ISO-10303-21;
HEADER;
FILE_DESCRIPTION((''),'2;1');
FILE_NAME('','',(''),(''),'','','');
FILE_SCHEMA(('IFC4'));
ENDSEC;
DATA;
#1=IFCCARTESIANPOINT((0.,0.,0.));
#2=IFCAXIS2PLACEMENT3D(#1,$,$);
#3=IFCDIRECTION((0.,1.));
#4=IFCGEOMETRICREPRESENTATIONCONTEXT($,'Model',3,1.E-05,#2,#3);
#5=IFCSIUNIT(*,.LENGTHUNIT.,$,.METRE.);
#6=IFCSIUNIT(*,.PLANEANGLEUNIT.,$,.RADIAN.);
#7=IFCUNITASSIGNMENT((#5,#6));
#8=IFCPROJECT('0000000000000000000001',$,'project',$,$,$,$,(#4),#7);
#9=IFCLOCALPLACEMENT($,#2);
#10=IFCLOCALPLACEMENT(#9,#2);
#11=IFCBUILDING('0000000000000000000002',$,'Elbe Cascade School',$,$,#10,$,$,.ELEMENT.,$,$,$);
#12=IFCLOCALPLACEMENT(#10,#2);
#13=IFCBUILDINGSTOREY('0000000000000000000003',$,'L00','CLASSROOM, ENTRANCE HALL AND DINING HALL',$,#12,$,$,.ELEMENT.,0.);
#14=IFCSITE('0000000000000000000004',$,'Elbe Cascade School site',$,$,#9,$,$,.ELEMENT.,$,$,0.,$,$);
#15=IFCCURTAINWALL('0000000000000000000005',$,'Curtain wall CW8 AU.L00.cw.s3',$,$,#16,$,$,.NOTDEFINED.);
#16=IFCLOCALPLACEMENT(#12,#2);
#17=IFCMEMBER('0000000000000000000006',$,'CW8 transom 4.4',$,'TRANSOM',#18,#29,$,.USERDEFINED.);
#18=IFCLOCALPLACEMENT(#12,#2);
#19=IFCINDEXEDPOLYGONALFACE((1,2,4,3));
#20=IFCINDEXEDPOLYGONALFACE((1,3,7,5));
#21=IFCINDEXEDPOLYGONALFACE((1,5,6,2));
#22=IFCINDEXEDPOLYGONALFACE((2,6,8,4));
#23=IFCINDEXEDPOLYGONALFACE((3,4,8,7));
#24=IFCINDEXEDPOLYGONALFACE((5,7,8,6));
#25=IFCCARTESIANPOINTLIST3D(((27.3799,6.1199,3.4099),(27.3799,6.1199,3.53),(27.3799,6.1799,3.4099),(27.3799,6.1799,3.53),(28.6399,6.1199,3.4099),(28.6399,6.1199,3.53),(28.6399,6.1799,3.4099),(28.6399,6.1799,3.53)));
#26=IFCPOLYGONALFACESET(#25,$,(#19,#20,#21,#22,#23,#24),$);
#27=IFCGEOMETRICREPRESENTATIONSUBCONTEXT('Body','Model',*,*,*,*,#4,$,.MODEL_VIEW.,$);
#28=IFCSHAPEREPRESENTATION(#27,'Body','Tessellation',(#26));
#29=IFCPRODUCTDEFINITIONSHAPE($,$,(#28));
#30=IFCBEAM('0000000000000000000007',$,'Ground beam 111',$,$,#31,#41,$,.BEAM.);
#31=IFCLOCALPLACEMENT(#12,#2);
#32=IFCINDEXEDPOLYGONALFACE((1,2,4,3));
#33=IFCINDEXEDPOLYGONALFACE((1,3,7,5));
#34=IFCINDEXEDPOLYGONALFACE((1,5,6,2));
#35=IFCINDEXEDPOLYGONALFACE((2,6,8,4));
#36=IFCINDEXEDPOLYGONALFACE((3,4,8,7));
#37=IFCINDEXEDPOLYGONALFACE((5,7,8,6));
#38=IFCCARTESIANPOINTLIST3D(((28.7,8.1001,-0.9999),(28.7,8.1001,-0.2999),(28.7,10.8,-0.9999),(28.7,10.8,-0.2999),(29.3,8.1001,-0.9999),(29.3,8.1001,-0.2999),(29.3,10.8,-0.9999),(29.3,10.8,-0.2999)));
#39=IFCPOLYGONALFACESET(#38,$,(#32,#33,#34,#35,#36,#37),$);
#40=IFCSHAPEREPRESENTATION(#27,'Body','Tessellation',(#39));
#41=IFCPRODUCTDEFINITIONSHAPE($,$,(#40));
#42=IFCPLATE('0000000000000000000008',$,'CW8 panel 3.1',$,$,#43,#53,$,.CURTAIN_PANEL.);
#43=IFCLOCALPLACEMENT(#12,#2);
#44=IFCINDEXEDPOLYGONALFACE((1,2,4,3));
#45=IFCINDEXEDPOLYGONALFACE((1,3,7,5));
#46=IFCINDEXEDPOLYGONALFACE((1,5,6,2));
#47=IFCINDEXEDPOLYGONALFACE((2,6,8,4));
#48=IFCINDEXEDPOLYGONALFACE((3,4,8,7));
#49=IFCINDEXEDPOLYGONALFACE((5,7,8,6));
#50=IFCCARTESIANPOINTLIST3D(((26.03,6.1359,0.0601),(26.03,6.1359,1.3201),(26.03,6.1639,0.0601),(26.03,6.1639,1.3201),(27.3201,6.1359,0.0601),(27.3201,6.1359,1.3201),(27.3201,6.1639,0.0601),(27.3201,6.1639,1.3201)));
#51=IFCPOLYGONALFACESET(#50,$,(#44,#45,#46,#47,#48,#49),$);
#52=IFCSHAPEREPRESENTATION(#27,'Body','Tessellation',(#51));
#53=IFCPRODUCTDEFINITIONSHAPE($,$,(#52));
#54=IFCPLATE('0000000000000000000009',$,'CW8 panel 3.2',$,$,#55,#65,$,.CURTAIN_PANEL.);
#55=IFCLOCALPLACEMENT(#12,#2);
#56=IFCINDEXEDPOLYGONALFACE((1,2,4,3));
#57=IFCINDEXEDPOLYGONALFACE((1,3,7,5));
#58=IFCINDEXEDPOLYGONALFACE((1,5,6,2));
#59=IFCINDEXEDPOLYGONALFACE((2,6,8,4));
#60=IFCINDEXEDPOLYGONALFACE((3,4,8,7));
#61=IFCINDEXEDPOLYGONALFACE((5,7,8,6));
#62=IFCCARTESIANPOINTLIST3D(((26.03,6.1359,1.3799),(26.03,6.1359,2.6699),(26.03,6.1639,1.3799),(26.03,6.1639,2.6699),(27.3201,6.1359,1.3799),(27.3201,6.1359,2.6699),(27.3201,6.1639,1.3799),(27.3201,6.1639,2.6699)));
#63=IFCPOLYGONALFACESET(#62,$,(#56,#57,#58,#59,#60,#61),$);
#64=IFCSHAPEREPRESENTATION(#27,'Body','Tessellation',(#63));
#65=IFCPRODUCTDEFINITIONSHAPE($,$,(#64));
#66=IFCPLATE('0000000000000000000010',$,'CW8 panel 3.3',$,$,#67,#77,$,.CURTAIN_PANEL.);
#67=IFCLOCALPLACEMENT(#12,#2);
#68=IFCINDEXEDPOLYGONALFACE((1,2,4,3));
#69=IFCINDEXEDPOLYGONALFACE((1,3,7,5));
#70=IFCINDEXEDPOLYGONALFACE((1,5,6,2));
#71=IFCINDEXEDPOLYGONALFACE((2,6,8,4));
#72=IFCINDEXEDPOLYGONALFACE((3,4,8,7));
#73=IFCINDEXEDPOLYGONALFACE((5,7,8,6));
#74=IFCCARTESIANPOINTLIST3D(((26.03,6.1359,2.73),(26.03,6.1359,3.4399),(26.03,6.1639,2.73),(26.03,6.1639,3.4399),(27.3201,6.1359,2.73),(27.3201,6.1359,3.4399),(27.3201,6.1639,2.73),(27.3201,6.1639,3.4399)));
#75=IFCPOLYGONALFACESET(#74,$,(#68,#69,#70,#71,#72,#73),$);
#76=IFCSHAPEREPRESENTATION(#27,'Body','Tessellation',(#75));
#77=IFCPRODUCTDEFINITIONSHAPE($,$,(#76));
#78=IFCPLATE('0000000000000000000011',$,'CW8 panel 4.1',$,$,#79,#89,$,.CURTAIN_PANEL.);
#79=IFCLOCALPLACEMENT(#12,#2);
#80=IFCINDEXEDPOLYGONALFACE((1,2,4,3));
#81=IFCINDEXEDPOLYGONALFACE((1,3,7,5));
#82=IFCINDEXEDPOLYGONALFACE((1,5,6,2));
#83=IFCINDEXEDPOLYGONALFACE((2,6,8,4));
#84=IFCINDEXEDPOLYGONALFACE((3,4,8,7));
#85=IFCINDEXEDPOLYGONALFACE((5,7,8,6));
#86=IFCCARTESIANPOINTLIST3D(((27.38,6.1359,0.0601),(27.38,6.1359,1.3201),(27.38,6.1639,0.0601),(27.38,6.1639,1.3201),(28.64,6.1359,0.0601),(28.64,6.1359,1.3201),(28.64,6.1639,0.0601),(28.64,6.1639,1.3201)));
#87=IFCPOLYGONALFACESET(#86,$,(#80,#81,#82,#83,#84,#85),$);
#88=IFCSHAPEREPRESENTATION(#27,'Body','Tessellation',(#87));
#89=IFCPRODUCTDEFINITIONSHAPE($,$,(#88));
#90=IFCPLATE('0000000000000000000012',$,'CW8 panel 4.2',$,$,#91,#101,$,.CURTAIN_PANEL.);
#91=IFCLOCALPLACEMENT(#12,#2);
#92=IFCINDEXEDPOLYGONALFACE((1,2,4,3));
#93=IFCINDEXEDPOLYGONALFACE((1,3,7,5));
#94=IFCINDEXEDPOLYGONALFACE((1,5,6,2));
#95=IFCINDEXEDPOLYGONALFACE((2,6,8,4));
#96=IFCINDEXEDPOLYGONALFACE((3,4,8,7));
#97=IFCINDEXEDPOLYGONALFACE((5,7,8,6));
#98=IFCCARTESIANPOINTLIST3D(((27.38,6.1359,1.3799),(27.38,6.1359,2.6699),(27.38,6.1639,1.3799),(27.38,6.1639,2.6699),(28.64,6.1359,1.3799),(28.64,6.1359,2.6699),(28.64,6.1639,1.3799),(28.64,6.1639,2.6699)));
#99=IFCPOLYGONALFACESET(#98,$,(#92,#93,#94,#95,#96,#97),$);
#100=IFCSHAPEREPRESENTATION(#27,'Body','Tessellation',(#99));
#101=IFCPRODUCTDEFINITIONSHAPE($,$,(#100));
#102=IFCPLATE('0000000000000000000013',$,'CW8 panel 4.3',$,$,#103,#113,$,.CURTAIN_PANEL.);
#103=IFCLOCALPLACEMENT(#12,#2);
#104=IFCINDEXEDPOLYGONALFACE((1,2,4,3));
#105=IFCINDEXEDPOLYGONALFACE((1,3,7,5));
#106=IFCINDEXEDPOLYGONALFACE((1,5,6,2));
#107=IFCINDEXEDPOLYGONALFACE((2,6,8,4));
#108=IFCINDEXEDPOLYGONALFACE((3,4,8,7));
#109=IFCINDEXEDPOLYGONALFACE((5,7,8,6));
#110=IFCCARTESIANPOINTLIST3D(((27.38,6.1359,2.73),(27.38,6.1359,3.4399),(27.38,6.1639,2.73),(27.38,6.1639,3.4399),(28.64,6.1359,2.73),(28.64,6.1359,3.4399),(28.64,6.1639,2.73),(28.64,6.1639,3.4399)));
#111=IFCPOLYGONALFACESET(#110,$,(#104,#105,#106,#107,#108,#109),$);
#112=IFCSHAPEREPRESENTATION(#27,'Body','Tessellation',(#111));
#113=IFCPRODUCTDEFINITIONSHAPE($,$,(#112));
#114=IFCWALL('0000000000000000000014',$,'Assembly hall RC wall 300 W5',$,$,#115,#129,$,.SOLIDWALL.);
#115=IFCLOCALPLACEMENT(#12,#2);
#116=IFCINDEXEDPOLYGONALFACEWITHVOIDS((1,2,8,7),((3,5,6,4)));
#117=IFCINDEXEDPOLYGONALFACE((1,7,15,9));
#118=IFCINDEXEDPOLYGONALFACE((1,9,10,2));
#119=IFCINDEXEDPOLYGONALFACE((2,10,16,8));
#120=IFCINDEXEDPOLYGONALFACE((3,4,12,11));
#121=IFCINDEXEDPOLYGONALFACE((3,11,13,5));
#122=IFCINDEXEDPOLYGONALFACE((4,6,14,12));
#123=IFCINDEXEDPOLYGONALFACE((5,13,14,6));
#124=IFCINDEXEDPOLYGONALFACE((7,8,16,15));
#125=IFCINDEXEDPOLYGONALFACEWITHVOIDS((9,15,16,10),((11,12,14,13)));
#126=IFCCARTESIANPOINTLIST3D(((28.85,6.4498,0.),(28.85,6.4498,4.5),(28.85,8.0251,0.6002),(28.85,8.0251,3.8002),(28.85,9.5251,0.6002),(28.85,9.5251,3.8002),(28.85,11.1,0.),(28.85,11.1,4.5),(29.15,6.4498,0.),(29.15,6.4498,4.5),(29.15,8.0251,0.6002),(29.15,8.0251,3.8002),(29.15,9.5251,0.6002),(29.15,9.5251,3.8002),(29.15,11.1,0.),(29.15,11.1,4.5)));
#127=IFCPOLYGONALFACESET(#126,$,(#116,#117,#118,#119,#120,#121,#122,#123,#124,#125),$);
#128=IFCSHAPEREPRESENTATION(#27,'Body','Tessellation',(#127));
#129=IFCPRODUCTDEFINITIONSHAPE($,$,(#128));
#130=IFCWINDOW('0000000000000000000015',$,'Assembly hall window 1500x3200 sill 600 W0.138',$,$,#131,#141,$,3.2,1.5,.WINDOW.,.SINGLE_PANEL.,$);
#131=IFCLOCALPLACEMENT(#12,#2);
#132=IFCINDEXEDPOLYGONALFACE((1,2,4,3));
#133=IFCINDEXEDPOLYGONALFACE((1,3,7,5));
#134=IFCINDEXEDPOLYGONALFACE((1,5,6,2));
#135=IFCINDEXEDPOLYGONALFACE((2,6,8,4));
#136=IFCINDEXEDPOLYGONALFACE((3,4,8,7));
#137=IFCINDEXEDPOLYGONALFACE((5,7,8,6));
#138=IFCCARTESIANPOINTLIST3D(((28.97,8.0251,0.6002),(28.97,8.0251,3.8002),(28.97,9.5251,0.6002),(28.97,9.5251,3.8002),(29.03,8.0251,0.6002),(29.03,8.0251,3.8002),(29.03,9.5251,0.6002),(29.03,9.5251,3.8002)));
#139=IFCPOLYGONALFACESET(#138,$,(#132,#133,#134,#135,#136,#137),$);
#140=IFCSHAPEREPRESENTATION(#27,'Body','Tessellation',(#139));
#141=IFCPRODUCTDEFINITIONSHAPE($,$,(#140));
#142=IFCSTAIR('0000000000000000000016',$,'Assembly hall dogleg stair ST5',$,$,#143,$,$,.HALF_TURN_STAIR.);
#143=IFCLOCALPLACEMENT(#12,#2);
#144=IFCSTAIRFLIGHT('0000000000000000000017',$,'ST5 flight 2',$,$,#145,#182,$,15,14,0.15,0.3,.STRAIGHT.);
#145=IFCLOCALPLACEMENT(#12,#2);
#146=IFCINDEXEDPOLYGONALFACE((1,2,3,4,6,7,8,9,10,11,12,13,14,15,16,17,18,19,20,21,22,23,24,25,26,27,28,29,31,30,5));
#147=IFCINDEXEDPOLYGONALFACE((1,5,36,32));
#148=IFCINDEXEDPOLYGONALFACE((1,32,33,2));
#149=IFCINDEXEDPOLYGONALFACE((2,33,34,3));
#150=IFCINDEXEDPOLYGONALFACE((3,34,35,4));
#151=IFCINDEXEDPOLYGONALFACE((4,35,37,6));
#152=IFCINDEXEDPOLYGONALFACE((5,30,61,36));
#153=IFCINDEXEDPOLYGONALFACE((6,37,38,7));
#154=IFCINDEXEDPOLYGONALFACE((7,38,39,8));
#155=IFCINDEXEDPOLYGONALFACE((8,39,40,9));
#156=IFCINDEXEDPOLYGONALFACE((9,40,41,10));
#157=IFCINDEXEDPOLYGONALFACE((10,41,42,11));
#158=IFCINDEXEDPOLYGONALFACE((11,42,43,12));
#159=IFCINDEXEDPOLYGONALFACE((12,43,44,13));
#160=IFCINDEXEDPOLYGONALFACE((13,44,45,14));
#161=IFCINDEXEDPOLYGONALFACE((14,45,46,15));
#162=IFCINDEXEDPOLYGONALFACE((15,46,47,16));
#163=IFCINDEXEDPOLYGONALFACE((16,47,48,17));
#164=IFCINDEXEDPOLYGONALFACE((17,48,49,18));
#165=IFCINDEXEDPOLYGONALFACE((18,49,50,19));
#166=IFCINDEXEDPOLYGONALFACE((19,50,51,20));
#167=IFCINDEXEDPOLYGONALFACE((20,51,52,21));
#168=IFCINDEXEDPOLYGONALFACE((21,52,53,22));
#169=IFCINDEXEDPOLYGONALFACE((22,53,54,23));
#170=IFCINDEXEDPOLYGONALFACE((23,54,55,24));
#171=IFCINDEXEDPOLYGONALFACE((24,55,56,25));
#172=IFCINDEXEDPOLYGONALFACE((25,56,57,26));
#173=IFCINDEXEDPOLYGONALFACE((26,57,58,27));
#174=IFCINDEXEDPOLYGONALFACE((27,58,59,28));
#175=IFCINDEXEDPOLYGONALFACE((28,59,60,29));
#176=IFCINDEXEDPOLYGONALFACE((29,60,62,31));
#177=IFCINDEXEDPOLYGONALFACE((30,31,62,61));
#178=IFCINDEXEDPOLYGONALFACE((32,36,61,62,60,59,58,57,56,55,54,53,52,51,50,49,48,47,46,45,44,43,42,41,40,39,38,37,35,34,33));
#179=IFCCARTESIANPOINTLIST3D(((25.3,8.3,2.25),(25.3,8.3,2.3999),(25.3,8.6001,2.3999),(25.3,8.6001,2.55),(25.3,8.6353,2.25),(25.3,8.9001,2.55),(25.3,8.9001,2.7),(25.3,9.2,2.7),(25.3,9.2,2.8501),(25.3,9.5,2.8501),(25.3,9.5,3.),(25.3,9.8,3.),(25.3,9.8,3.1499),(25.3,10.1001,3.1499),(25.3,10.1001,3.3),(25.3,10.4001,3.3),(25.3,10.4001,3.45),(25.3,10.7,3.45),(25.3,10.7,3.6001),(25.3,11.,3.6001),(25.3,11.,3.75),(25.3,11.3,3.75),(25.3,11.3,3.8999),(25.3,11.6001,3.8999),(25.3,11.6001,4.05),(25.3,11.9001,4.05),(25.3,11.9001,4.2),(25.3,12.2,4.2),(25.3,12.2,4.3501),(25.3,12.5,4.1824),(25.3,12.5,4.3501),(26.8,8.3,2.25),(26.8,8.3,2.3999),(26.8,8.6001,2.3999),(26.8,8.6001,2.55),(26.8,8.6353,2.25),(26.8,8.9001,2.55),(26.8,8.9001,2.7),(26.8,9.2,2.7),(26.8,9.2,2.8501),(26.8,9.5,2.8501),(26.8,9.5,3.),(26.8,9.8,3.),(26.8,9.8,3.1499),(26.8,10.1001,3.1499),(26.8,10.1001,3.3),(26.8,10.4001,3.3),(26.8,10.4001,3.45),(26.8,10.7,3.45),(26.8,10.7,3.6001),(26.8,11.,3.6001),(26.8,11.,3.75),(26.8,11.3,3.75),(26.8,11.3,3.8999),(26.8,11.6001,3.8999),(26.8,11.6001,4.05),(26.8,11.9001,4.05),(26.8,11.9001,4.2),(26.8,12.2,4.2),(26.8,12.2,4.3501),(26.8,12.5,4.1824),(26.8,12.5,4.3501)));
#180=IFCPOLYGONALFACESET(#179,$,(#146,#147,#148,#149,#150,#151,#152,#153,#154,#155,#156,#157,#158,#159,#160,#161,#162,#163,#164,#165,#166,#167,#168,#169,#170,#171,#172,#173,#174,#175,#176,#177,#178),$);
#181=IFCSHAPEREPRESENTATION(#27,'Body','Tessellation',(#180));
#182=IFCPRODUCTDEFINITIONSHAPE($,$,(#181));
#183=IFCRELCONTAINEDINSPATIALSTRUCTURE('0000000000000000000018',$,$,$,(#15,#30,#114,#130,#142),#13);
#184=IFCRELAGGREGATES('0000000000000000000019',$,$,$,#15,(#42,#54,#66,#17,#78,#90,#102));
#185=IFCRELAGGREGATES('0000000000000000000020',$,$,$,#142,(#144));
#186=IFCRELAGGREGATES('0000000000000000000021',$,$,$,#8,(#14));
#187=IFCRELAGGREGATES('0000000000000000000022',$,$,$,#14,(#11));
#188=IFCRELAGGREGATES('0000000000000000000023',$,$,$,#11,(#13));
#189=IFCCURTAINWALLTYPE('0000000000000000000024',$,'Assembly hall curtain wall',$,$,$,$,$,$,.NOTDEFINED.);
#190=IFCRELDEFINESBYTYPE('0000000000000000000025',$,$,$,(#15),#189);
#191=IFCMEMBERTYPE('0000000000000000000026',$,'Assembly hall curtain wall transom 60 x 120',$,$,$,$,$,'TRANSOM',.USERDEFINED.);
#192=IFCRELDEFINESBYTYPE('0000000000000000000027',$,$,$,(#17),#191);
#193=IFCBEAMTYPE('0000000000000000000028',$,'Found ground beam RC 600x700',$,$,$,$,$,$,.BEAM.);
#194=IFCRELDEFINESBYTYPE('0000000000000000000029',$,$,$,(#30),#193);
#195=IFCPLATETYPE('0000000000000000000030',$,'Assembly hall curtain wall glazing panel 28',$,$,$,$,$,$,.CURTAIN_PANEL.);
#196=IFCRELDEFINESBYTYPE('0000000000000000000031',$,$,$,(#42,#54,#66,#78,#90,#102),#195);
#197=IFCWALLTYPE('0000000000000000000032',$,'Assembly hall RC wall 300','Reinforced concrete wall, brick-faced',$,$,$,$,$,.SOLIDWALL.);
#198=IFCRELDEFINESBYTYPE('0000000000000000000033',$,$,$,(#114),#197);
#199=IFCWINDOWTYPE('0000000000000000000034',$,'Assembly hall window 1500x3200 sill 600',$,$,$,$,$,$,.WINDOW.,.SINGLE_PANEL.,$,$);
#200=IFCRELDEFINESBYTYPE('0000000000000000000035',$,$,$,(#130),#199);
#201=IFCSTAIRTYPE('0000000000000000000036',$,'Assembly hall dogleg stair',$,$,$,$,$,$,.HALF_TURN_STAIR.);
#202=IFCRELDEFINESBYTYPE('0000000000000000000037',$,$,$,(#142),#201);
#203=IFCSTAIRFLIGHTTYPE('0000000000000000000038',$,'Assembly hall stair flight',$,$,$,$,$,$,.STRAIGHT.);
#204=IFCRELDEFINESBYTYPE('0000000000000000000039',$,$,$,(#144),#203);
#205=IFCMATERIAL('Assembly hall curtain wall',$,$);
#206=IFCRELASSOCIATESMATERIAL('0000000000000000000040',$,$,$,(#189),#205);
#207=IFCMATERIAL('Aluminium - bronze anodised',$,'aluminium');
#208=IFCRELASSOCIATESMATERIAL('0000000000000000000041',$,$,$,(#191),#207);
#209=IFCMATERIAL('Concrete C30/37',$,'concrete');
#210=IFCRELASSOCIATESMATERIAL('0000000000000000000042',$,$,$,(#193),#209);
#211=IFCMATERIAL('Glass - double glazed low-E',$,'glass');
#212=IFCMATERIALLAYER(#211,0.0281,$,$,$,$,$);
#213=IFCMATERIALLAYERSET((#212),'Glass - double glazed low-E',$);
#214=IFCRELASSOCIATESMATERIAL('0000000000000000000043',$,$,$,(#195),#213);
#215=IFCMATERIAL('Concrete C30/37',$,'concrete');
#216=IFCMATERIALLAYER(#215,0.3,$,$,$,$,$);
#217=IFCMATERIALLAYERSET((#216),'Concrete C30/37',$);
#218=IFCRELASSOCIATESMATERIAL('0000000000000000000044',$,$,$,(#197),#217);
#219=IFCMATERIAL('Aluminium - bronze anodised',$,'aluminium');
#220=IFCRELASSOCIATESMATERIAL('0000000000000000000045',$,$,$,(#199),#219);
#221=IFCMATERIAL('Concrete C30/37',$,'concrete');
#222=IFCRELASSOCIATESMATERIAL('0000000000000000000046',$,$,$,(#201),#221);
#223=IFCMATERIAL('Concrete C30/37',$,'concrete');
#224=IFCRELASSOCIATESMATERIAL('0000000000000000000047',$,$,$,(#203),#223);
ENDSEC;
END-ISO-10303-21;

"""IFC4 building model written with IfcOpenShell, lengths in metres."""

from ifc_helpers import new_model, si_unit, direction, frame, frame_2d, origin, origin_2d, place, context, subcontext, project, spatial, polyline, rectangle, outline, extrude, material, layer, layer_set, material_profile, profile_set, type_object, element, fill, aggregate, save


model = new_model("IFC4")

# Units and contexts
model_context = context("Model", 3, precision=1e-05, world=origin(), true_north=direction((0.0, 1.0)))
body_context = subcontext(model_context, "Body", "Model", "MODEL_VIEW")
ifc_project = project(units=[si_unit("LENGTHUNIT", "METRE"), si_unit("PLANEANGLEUNIT", "RADIAN")], contexts=[model_context])

# Site, building, storey
site_placement = place(None, origin())
site = spatial("IfcSite", under=ifc_project, at=site_placement, Name="Elbe Cascade School site", CompositionType="ELEMENT", RefElevation=0.0)
building_placement = place(site_placement, origin())
building = spatial("IfcBuilding", under=site, at=building_placement, Name="Elbe Cascade School", CompositionType="ELEMENT")
storey_placement = place(building_placement, origin())
storey = spatial("IfcBuildingStorey", under=building, at=storey_placement, Name="L00", Description="CLASSROOM, ENTRANCE HALL AND DINING HALL", CompositionType="ELEMENT", Elevation=0.0)

# Curtain wall, member
ifc_material_1 = material(Name="Assembly hall curtain wall")
curtain_wall_type = type_object("IfcCurtainWallType", Name="Assembly hall curtain wall", PredefinedType="NOTDEFINED", material=ifc_material_1)
curtain_wall_placement = place(storey_placement, origin())
curtain_wall = element("IfcCurtainWall", 1, at=curtain_wall_placement, inside=storey, type_object=curtain_wall_type, Name="Curtain wall CW8 AU.L00.cw.s3", PredefinedType="NOTDEFINED")
ifc_material_2 = material(Name="Aluminium - bronze anodised", Category="aluminium")
ifc_material_profile_1 = material_profile(ifc_material_2, rectangle(XDim=0.0601, YDim=0.1201, at=origin_2d()), Name="RECT 60x120")
ifc_profile_set_1 = profile_set([ifc_material_profile_1], Name="Aluminium - bronze anodised")
member_type_1 = type_object("IfcMemberType", Name="Assembly hall curtain wall transom 60 x 120", ElementType="TRANSOM", PredefinedType="USERDEFINED", material=ifc_profile_set_1)
member_1_placement = place(storey_placement, frame((27.3799, 6.1499, 3.47), z_axis=(1.0, 0.0, 0.0), x_axis=(0.0, 1.0, 0.0)))
member_1 = element("IfcMember", 2, at=member_1_placement, type_object=member_type_1, Name="CW8 transom 4.4", ObjectType="TRANSOM", PredefinedType="USERDEFINED", context=body_context, shape_type="SweptSolid", body=[
    extrude(rectangle(XDim=0.0601, YDim=0.1201, at=origin_2d()), origin(), (0.0, 0.0, 1.0), 1.26),
])

# Beam
ifc_material_3 = material(Name="Concrete C30/37", Category="concrete")
ifc_material_profile_2 = material_profile(ifc_material_3, rectangle(XDim=0.6001, YDim=0.7, at=origin_2d()), Name="RC 600x700")
ifc_profile_set_2 = profile_set([ifc_material_profile_2], Name="Concrete C30/37")
beam_type = type_object("IfcBeamType", Name="Found ground beam RC 600x700", PredefinedType="BEAM", material=ifc_profile_set_2)
beam_placement = place(storey_placement, frame((29.0, 8.1001, -0.6499), z_axis=(0.0, 1.0, 0.0), x_axis=(-1.0, 0.0, 0.0)))
element("IfcBeam", 3, at=beam_placement, inside=storey, type_object=beam_type, Name="Ground beam 111", PredefinedType="BEAM", context=body_context, shape_type="SweptSolid", body=[
    extrude(rectangle(XDim=0.6001, YDim=0.7, at=origin_2d()), origin(), (0.0, 0.0, 1.0), 2.7),
])

# Plates
ifc_material_4 = material(Name="Glass - double glazed low-E", Category="glass")
ifc_layer_1 = layer(ifc_material_4, 0.0281)
ifc_layer_set_1 = layer_set([ifc_layer_1], Name="Glass - double glazed low-E")
plate_type = type_object("IfcPlateType", Name="Assembly hall curtain wall glazing panel 28", PredefinedType="CURTAIN_PANEL", material=ifc_layer_set_1)
plate_1_placement = place(storey_placement, frame((26.675, 6.1499, 0.0601), z_axis=(0.0, 0.0, 1.0), x_axis=(1.0, 0.0, 0.0)))
plate_1 = element("IfcPlate", 4, at=plate_1_placement, type_object=plate_type, Name="CW8 panel 3.1", PredefinedType="CURTAIN_PANEL", context=body_context, shape_type="SweptSolid", body=[
    extrude(rectangle(XDim=1.29, YDim=0.0281, at=origin_2d()), origin(), (0.0, 0.0, 1.0), 1.26),
])
plate_2_placement = place(storey_placement, frame((26.675, 6.1499, 1.3799), z_axis=(0.0, 0.0, 1.0), x_axis=(1.0, 0.0, 0.0)))
plate_2 = element("IfcPlate", 5, at=plate_2_placement, type_object=plate_type, Name="CW8 panel 3.2", PredefinedType="CURTAIN_PANEL", context=body_context, shape_type="SweptSolid", body=[
    extrude(rectangle(XDim=1.29, YDim=0.0281, at=origin_2d()), origin(), (0.0, 0.0, 1.0), 1.29),
])
plate_3_placement = place(storey_placement, frame((26.675, 6.1499, 2.73), z_axis=(0.0, 0.0, 1.0), x_axis=(1.0, 0.0, 0.0)))
plate_3 = element("IfcPlate", 6, at=plate_3_placement, type_object=plate_type, Name="CW8 panel 3.3", PredefinedType="CURTAIN_PANEL", context=body_context, shape_type="SweptSolid", body=[
    extrude(rectangle(XDim=1.29, YDim=0.0281, at=origin_2d()), origin(), (0.0, 0.0, 1.0), 0.71),
])
plate_4_placement = place(storey_placement, frame((28.01, 6.1499, 0.0601), z_axis=(0.0, 0.0, 1.0), x_axis=(1.0, 0.0, 0.0)))
plate_4 = element("IfcPlate", 7, at=plate_4_placement, type_object=plate_type, Name="CW8 panel 4.1", PredefinedType="CURTAIN_PANEL", context=body_context, shape_type="SweptSolid", body=[
    extrude(rectangle(XDim=1.26, YDim=0.0281, at=origin_2d()), origin(), (0.0, 0.0, 1.0), 1.26),
])
plate_5_placement = place(storey_placement, frame((28.01, 6.1499, 1.3799), z_axis=(0.0, 0.0, 1.0), x_axis=(1.0, 0.0, 0.0)))
plate_5 = element("IfcPlate", 8, at=plate_5_placement, type_object=plate_type, Name="CW8 panel 4.2", PredefinedType="CURTAIN_PANEL", context=body_context, shape_type="SweptSolid", body=[
    extrude(rectangle(XDim=1.26, YDim=0.0281, at=origin_2d()), origin(), (0.0, 0.0, 1.0), 1.29),
])
plate_6_placement = place(storey_placement, frame((28.01, 6.1499, 2.73), z_axis=(0.0, 0.0, 1.0), x_axis=(1.0, 0.0, 0.0)))
plate_6 = element("IfcPlate", 9, at=plate_6_placement, type_object=plate_type, Name="CW8 panel 4.3", PredefinedType="CURTAIN_PANEL", context=body_context, shape_type="SweptSolid", body=[
    extrude(rectangle(XDim=1.26, YDim=0.0281, at=origin_2d()), origin(), (0.0, 0.0, 1.0), 0.71),
])
aggregate(curtain_wall, [plate_1, plate_2, plate_3, member_1, plate_4, plate_5, plate_6])

# Wall, opening, window
ifc_material_5 = material(Name="Concrete C30/37", Category="concrete")
ifc_layer_2 = layer(ifc_material_5, 0.3)
ifc_layer_set_2 = layer_set([ifc_layer_2], Name="Concrete C30/37")
wall_type = type_object("IfcWallType", Name="Assembly hall RC wall 300", Description="Reinforced concrete wall, brick-faced", PredefinedType="SOLIDWALL", material=ifc_layer_set_2)
wall_placement = place(storey_placement, frame((29.0, 11.1001, 0.0), z_axis=(0.0, 0.0, 1.0), x_axis=(0.0, -1.0, 0.0)))
wall = element("IfcWall", 10, at=wall_placement, inside=storey, type_object=wall_type, Name="Assembly hall RC wall 300 W5", PredefinedType="SOLIDWALL", context=body_context, shape_type="SweptSolid", body=[
    extrude(rectangle(XDim=4.6501, YDim=0.3, at=frame_2d((2.3252, 0.0))), origin(), (0.0, 0.0, 1.0), 4.5),
])
opening_placement = place(wall_placement, frame((1.575, 0.0, 0.6001)))
opening = element("IfcOpeningElement", 11, at=opening_placement, cuts=wall, PredefinedType="OPENING", context=body_context, shape_type="SweptSolid", body=[
    extrude(rectangle(XDim=1.5, YDim=3.2, at=frame_2d((0.75, 1.6001))), frame((0.0, 0.1599, 0.0), z_axis=(0.0, -1.0, 0.0), x_axis=(1.0, 0.0, 0.0)), (0.0, 0.0, 1.0), 0.3201),
])
ifc_material_6 = material(Name="Aluminium - bronze anodised", Category="aluminium")
window_type = type_object("IfcWindowType", Name="Assembly hall window 1500x3200 sill 600", PartitioningType="SINGLE_PANEL", PredefinedType="WINDOW", material=ifc_material_6)
window_placement = place(opening_placement, origin())
window = element("IfcWindow", 12, at=window_placement, inside=storey, type_object=window_type, Name="Assembly hall window 1500x3200 sill 600 W0.138", OverallHeight=3.2, OverallWidth=1.5, PartitioningType="SINGLE_PANEL", PredefinedType="WINDOW", context=body_context, shape_type="SweptSolid", body=[
    extrude(rectangle(XDim=1.5, YDim=3.2, at=frame_2d((0.75, 1.6001))), frame((0.0, 0.03, 0.0), z_axis=(0.0, -1.0, 0.0), x_axis=(1.0, 0.0, 0.0)), (0.0, 0.0, 1.0), 0.0601),
])
fill(opening, window)

# Stair, stair flight
ifc_material_7 = material(Name="Concrete C30/37", Category="concrete")
stair_type = type_object("IfcStairType", Name="Assembly hall dogleg stair", PredefinedType="HALF_TURN_STAIR", material=ifc_material_7)
stair_placement = place(storey_placement, origin())
stair = element("IfcStair", 13, at=stair_placement, inside=storey, type_object=stair_type, Name="Assembly hall dogleg stair ST5", PredefinedType="HALF_TURN_STAIR")
ifc_material_8 = material(Name="Concrete C30/37", Category="concrete")
stair_flight_type = type_object("IfcStairFlightType", Name="Assembly hall stair flight", PredefinedType="STRAIGHT", material=ifc_material_8)
stair_flight_placement = place(storey_placement, frame((26.05, 8.3, 2.25), z_axis=(0.0, 0.0, 1.0), x_axis=(0.0, 1.0, 0.0)))
stair_flight = element("IfcStairFlight", 14, at=stair_flight_placement, type_object=stair_flight_type, Name="ST5 flight 2", NumberOfRisers=15, NumberOfTreads=14, PredefinedType="STRAIGHT", RiserHeight=0.15, TreadLength=0.3, context=body_context, shape_type="SweptSolid", body=[
    extrude(outline(polyline([(0.0, 0.0), (0.0, 0.1499), (0.3, 0.1499), (0.3, 0.3), (0.6001, 0.3), (0.6001, 0.45), (0.8999, 0.45), (0.8999, 0.6001), (1.2, 0.6001), (1.2, 0.75), (1.5, 0.75), (1.5, 0.8999), (1.8, 0.8999), (1.8, 1.05), (2.1001, 1.05), (2.1001, 1.2), (2.3999, 1.2), (2.3999, 1.3501), (2.7, 1.3501), (2.7, 1.5), (3.0, 1.5), (3.0, 1.6499), (3.3, 1.6499), (3.3, 1.8), (3.6001, 1.8), (3.6001, 1.95), (3.8999, 1.95), (3.8999, 2.1001), (4.2, 2.1001), (4.2, 2.25), (4.2, 1.9324), (0.3352, 0.0), (0.0, 0.0)])), frame((0.0, 0.75, 0.0), z_axis=(0.0, -1.0, 0.0), x_axis=(1.0, 0.0, 0.0)), (0.0, 0.0, 1.0), 1.5),
])
aggregate(stair, [stair_flight])

save(model, "model.ifc")
